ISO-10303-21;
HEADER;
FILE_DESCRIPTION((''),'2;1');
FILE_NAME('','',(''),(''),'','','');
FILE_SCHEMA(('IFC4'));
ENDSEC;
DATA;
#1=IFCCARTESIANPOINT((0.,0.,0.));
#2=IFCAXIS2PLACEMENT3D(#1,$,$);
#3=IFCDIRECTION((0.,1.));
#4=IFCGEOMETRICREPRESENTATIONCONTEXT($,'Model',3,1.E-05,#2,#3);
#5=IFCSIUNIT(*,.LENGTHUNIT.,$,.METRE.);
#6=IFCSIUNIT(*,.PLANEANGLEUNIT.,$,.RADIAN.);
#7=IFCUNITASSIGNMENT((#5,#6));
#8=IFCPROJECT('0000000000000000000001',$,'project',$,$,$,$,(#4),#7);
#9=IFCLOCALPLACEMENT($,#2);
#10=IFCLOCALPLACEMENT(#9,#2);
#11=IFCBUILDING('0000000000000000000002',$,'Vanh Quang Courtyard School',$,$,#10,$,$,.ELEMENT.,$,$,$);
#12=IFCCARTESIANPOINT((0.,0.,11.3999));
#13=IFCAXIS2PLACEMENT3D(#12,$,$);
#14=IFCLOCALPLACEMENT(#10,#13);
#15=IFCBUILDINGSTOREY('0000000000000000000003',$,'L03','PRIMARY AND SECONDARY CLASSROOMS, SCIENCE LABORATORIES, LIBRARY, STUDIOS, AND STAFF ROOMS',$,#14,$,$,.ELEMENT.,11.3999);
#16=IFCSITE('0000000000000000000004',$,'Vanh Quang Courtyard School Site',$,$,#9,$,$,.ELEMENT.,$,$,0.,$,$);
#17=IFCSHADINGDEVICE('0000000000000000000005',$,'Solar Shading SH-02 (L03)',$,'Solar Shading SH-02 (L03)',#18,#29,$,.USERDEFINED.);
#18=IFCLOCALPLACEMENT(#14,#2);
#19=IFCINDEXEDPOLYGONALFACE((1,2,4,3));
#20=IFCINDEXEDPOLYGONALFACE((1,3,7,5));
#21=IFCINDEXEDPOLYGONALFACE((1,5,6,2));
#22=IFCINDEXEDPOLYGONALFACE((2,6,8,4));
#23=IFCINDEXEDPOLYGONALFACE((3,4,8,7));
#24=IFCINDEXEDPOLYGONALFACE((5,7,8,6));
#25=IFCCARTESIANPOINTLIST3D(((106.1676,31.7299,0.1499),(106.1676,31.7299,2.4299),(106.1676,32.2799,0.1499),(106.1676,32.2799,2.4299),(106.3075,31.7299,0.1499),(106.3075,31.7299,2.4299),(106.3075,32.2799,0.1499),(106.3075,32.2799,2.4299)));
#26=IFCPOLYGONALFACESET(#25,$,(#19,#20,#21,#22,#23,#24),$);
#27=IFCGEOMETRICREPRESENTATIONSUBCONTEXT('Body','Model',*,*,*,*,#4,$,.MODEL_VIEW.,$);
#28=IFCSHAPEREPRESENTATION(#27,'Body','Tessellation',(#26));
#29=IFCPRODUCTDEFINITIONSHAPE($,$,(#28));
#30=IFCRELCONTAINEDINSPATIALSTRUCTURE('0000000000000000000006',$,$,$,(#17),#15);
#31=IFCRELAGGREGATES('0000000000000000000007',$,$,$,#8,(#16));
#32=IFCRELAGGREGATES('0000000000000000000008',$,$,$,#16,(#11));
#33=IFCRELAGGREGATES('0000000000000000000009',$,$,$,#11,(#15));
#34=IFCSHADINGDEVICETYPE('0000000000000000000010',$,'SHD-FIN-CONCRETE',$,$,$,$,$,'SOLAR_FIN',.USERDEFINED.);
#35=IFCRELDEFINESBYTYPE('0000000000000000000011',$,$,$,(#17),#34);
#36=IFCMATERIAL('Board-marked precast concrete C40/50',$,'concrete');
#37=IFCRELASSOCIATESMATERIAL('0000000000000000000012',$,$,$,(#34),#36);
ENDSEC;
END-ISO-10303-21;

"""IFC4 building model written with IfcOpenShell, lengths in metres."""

from ifc_helpers import new_model, si_unit, direction, frame, origin, origin_2d, place, context, subcontext, project, spatial, rectangle, extrude, material, type_object, element, save


model = new_model("IFC4")

# Units and contexts
model_context = context("Model", 3, precision=1e-05, world=origin(), true_north=direction((0.0, 1.0)))
body_context = subcontext(model_context, "Body", "Model", "MODEL_VIEW")
ifc_project = project(units=[si_unit("LENGTHUNIT", "METRE"), si_unit("PLANEANGLEUNIT", "RADIAN")], contexts=[model_context])

# Site, building, storey
site_placement = place(None, origin())
site = spatial("IfcSite", under=ifc_project, at=site_placement, Name="Vanh Quang Courtyard School Site", CompositionType="ELEMENT", RefElevation=0.0)
building_placement = place(site_placement, origin())
building = spatial("IfcBuilding", under=site, at=building_placement, Name="Vanh Quang Courtyard School", CompositionType="ELEMENT")
storey_placement = place(building_placement, frame((0.0, 0.0, 11.3999)))
storey = spatial("IfcBuildingStorey", under=building, at=storey_placement, Name="L03", Description="PRIMARY AND SECONDARY CLASSROOMS, SCIENCE LABORATORIES, LIBRARY, STUDIOS, AND STAFF ROOMS", CompositionType="ELEMENT", Elevation=11.3999)

# Shading device
ifc_material_1 = material(Name="Board-marked precast concrete C40/50", Category="concrete")
shading_device_type = type_object("IfcShadingDeviceType", Name="SHD-FIN-CONCRETE", ElementType="SOLAR_FIN", PredefinedType="USERDEFINED", material=ifc_material_1)
shading_device_placement = place(storey_placement, frame((106.2375, 32.0049, 0.1499), z_axis=(0.0, 0.0, 1.0), x_axis=(-1.0, 0.0, 0.0)))
element("IfcShadingDevice", 1, at=shading_device_placement, inside=storey, type_object=shading_device_type, Name="Solar Shading SH-02 (L03)", ObjectType="Solar Shading SH-02 (L03)", PredefinedType="USERDEFINED", context=body_context, shape_type="SweptSolid", body=[
    extrude(rectangle(XDim=0.1399, YDim=0.55, at=origin_2d()), origin(), (0.0, 0.0, 1.0), 2.28),
])

save(model, "model.ifc")
